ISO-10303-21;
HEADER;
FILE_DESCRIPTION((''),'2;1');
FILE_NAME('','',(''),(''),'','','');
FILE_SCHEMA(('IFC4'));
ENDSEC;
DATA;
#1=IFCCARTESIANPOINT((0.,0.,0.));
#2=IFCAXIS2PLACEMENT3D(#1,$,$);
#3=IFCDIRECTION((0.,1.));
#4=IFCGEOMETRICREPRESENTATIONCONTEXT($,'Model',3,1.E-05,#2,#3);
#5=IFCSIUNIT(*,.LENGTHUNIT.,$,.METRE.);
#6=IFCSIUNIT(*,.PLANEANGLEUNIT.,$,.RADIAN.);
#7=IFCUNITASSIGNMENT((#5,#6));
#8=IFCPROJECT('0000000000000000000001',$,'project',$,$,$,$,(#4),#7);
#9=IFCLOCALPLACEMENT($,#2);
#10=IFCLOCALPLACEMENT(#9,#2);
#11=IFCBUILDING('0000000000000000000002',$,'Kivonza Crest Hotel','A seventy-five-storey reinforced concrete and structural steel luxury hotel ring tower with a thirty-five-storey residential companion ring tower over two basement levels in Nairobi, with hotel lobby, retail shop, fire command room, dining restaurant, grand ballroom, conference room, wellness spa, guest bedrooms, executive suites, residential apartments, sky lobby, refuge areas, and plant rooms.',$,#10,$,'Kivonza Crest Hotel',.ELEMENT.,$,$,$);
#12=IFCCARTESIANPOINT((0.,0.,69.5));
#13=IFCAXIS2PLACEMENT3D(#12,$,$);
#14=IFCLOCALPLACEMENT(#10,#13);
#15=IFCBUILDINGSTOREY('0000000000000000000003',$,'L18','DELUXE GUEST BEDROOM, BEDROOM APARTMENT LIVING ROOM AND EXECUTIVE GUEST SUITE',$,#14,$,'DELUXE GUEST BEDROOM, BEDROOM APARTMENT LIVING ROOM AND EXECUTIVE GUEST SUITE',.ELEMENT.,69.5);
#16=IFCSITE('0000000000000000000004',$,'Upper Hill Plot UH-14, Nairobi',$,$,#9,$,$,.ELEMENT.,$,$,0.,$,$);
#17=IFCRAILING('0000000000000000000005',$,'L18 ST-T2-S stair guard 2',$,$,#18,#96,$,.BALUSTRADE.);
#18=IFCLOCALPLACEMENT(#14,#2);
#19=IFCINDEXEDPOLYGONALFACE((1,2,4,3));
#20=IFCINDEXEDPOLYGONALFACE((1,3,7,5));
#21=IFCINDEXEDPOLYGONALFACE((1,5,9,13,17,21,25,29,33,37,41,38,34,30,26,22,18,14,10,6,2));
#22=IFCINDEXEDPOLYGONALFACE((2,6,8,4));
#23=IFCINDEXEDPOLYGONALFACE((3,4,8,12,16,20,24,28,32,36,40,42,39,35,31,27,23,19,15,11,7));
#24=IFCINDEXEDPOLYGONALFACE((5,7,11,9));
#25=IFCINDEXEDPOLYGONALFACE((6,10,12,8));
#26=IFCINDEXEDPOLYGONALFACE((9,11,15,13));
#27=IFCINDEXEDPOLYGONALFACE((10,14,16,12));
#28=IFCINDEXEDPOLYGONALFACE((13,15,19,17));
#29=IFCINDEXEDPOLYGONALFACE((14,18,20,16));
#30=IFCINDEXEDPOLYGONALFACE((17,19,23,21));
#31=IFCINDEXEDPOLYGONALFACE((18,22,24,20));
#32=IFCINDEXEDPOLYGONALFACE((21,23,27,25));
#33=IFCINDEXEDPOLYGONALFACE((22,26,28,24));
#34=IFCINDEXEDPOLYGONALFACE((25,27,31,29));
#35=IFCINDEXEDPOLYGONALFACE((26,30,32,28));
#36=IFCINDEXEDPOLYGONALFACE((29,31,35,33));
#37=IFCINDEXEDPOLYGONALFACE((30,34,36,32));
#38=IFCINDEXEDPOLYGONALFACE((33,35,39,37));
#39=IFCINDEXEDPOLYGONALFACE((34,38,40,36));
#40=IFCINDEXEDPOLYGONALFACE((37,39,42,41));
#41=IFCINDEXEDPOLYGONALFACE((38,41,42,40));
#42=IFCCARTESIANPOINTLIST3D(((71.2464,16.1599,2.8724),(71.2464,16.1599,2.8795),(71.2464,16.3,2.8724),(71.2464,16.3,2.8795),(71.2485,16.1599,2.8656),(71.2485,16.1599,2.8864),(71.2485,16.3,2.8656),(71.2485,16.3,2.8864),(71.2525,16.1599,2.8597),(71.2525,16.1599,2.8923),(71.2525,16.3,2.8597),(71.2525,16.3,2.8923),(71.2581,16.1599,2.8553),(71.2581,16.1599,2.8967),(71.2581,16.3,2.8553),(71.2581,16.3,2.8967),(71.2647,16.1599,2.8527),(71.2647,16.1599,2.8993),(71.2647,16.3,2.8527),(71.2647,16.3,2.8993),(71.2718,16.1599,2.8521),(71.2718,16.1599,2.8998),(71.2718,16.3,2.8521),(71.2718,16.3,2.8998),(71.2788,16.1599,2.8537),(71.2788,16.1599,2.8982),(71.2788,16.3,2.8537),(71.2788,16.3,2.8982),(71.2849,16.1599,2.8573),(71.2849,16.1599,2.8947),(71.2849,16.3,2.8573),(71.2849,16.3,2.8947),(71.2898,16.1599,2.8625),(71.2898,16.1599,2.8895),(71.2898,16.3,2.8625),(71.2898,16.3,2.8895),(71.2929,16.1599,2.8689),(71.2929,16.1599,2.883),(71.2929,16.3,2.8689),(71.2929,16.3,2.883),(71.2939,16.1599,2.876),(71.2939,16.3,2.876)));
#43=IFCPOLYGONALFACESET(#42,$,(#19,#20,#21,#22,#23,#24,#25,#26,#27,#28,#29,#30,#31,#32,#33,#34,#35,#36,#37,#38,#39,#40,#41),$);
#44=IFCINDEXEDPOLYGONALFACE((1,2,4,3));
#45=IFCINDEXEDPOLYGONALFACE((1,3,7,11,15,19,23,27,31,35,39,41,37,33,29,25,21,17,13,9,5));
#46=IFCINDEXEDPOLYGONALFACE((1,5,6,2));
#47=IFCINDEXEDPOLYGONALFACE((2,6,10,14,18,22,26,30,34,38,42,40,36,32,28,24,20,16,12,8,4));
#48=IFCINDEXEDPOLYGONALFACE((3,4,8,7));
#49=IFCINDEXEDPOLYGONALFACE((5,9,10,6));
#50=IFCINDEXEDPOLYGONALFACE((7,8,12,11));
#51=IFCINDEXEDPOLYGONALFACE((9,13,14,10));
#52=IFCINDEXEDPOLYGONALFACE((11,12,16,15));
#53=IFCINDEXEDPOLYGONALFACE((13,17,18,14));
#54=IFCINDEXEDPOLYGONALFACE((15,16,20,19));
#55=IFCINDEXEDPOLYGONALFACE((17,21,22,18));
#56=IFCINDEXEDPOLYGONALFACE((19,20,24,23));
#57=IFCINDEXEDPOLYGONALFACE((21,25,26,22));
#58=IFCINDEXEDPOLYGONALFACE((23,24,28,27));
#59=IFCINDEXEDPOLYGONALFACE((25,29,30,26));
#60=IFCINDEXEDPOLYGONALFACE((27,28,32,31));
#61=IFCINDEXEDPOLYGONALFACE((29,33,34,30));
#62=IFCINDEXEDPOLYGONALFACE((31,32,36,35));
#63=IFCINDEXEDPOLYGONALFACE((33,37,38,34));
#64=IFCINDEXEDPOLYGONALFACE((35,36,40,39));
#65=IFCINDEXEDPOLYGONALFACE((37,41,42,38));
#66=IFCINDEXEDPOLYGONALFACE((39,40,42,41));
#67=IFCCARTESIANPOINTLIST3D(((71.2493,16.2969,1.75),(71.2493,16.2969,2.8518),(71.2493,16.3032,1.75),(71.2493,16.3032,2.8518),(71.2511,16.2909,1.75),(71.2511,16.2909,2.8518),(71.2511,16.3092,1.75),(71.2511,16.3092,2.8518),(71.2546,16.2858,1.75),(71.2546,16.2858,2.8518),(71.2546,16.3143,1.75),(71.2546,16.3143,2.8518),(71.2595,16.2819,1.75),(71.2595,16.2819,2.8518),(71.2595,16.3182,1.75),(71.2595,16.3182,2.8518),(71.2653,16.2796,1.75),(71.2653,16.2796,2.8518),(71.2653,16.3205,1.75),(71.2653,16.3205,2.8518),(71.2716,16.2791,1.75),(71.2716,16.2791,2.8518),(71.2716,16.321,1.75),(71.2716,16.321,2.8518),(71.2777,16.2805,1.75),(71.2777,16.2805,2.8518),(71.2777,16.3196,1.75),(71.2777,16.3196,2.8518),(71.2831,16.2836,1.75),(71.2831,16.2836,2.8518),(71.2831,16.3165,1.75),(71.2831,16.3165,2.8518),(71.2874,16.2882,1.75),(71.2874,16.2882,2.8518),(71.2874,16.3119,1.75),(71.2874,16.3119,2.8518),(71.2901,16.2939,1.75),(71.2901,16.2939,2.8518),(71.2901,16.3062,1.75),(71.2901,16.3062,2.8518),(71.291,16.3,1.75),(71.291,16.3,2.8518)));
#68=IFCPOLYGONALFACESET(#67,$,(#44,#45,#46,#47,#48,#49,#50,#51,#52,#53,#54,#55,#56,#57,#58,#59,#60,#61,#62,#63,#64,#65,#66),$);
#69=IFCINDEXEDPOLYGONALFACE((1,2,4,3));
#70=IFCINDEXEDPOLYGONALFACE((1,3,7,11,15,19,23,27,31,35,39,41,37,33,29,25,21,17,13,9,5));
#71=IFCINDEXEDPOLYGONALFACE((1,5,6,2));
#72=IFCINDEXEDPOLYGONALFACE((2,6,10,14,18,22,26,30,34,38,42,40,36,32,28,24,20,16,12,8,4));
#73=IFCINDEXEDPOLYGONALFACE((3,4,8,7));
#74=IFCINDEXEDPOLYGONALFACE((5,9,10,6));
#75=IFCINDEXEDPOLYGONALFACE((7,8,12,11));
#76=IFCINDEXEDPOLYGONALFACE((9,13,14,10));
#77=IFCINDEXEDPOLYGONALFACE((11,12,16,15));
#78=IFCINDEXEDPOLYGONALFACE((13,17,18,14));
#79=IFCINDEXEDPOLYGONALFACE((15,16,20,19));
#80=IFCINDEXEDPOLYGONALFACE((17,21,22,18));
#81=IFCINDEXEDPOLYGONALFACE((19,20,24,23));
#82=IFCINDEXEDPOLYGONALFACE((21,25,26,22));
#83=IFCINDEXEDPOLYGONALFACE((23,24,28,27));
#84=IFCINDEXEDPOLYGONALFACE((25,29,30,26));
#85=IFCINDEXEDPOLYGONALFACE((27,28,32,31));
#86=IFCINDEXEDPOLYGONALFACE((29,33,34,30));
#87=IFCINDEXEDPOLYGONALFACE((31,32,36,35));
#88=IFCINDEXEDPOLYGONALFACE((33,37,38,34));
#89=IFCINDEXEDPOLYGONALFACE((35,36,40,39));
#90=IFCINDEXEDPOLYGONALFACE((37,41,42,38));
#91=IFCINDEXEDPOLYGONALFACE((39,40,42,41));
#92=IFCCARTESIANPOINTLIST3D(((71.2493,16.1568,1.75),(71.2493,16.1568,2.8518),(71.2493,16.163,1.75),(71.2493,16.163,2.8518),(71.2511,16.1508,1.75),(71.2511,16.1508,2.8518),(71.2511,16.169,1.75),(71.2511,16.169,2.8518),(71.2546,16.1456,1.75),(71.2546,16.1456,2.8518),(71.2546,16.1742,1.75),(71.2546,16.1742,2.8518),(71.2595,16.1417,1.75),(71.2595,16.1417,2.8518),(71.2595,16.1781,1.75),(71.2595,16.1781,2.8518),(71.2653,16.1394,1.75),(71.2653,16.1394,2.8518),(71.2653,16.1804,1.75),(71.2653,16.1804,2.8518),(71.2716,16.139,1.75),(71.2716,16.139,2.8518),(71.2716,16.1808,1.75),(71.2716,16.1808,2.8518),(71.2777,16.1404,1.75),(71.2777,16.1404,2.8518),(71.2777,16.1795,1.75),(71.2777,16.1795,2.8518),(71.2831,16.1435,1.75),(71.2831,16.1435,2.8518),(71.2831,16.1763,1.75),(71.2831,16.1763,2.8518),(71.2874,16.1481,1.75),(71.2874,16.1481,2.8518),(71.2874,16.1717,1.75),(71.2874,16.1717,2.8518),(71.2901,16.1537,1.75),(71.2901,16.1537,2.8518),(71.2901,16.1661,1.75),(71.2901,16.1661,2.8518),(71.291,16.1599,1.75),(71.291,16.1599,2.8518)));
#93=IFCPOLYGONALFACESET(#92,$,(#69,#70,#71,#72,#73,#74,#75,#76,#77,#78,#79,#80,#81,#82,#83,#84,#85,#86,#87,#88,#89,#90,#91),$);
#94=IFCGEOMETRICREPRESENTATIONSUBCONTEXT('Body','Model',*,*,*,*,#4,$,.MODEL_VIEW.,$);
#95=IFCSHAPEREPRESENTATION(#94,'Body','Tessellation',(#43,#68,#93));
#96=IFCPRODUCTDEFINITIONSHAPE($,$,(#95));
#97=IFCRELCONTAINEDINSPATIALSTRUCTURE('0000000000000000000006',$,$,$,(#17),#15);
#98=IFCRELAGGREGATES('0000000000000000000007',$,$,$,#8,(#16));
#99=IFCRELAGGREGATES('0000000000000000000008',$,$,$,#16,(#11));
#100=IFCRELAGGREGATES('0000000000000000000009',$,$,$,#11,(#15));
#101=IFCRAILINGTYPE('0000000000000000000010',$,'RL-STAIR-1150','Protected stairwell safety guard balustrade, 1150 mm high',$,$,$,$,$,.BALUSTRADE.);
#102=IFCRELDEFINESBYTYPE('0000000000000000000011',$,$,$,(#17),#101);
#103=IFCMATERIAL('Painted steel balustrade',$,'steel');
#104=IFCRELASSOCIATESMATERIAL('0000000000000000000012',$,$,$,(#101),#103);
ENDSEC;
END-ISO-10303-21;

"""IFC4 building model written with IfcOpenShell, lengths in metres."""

from ifc_helpers import new_model, si_unit, direction, frame, origin, origin_2d, place, context, subcontext, project, spatial, circle, extrude, material, type_object, element, save


model = new_model("IFC4")

# Units and contexts
model_context = context("Model", 3, precision=1e-05, world=origin(), true_north=direction((0.0, 1.0)))
body_context = subcontext(model_context, "Body", "Model", "MODEL_VIEW")
ifc_project = project(units=[si_unit("LENGTHUNIT", "METRE"), si_unit("PLANEANGLEUNIT", "RADIAN")], contexts=[model_context])

# Site, building, storey
site_placement = place(None, origin())
site = spatial("IfcSite", under=ifc_project, at=site_placement, Name="Upper Hill Plot UH-14, Nairobi", CompositionType="ELEMENT", RefElevation=0.0)
building_placement = place(site_placement, origin())
building = spatial("IfcBuilding", under=site, at=building_placement, Name="Kivonza Crest Hotel", Description="A seventy-five-storey reinforced concrete and structural steel luxury hotel ring tower with a thirty-five-storey residential companion ring tower over two basement levels in Nairobi, with hotel lobby, retail shop, fire command room, dining restaurant, grand ballroom, conference room, wellness spa, guest bedrooms, executive suites, residential apartments, sky lobby, refuge areas, and plant rooms.", LongName="Kivonza Crest Hotel", CompositionType="ELEMENT")
storey_placement = place(building_placement, frame((0.0, 0.0, 69.5)))
storey = spatial("IfcBuildingStorey", under=building, at=storey_placement, Name="L18", Description="DELUXE GUEST BEDROOM, BEDROOM APARTMENT LIVING ROOM AND EXECUTIVE GUEST SUITE", LongName="DELUXE GUEST BEDROOM, BEDROOM APARTMENT LIVING ROOM AND EXECUTIVE GUEST SUITE", CompositionType="ELEMENT", Elevation=69.5)

# Railing
ifc_material_1 = material(Name="Painted steel balustrade", Category="steel")
railing_type_1 = type_object("IfcRailingType", Name="RL-STAIR-1150", Description="Protected stairwell safety guard balustrade, 1150 mm high", PredefinedType="BALUSTRADE", material=ifc_material_1)
railing_1_placement = place(storey_placement, frame((71.27, 16.3, 1.75)))
element("IfcRailing", 1, at=railing_1_placement, inside=storey, type_object=railing_type_1, Name="L18 ST-T2-S stair guard 2", PredefinedType="BALUSTRADE", context=body_context, shape_type="SweptSolid", body=[
    extrude(circle(Radius=0.0239, at=origin_2d()), frame((0.0, 0.0, 1.126), z_axis=(0.0, -1.0, 0.0), x_axis=(1.0, 0.0, 0.0)), (0.0, 0.0, 1.0), 0.1401),
    extrude(circle(Radius=0.021, at=origin_2d()), origin(), (0.0, 0.0, 1.0), 1.1018),
    extrude(circle(Radius=0.021, at=origin_2d()), frame((0.0, -0.1401, 0.0)), (0.0, 0.0, 1.0), 1.1018),
])

save(model, "model.ifc")
